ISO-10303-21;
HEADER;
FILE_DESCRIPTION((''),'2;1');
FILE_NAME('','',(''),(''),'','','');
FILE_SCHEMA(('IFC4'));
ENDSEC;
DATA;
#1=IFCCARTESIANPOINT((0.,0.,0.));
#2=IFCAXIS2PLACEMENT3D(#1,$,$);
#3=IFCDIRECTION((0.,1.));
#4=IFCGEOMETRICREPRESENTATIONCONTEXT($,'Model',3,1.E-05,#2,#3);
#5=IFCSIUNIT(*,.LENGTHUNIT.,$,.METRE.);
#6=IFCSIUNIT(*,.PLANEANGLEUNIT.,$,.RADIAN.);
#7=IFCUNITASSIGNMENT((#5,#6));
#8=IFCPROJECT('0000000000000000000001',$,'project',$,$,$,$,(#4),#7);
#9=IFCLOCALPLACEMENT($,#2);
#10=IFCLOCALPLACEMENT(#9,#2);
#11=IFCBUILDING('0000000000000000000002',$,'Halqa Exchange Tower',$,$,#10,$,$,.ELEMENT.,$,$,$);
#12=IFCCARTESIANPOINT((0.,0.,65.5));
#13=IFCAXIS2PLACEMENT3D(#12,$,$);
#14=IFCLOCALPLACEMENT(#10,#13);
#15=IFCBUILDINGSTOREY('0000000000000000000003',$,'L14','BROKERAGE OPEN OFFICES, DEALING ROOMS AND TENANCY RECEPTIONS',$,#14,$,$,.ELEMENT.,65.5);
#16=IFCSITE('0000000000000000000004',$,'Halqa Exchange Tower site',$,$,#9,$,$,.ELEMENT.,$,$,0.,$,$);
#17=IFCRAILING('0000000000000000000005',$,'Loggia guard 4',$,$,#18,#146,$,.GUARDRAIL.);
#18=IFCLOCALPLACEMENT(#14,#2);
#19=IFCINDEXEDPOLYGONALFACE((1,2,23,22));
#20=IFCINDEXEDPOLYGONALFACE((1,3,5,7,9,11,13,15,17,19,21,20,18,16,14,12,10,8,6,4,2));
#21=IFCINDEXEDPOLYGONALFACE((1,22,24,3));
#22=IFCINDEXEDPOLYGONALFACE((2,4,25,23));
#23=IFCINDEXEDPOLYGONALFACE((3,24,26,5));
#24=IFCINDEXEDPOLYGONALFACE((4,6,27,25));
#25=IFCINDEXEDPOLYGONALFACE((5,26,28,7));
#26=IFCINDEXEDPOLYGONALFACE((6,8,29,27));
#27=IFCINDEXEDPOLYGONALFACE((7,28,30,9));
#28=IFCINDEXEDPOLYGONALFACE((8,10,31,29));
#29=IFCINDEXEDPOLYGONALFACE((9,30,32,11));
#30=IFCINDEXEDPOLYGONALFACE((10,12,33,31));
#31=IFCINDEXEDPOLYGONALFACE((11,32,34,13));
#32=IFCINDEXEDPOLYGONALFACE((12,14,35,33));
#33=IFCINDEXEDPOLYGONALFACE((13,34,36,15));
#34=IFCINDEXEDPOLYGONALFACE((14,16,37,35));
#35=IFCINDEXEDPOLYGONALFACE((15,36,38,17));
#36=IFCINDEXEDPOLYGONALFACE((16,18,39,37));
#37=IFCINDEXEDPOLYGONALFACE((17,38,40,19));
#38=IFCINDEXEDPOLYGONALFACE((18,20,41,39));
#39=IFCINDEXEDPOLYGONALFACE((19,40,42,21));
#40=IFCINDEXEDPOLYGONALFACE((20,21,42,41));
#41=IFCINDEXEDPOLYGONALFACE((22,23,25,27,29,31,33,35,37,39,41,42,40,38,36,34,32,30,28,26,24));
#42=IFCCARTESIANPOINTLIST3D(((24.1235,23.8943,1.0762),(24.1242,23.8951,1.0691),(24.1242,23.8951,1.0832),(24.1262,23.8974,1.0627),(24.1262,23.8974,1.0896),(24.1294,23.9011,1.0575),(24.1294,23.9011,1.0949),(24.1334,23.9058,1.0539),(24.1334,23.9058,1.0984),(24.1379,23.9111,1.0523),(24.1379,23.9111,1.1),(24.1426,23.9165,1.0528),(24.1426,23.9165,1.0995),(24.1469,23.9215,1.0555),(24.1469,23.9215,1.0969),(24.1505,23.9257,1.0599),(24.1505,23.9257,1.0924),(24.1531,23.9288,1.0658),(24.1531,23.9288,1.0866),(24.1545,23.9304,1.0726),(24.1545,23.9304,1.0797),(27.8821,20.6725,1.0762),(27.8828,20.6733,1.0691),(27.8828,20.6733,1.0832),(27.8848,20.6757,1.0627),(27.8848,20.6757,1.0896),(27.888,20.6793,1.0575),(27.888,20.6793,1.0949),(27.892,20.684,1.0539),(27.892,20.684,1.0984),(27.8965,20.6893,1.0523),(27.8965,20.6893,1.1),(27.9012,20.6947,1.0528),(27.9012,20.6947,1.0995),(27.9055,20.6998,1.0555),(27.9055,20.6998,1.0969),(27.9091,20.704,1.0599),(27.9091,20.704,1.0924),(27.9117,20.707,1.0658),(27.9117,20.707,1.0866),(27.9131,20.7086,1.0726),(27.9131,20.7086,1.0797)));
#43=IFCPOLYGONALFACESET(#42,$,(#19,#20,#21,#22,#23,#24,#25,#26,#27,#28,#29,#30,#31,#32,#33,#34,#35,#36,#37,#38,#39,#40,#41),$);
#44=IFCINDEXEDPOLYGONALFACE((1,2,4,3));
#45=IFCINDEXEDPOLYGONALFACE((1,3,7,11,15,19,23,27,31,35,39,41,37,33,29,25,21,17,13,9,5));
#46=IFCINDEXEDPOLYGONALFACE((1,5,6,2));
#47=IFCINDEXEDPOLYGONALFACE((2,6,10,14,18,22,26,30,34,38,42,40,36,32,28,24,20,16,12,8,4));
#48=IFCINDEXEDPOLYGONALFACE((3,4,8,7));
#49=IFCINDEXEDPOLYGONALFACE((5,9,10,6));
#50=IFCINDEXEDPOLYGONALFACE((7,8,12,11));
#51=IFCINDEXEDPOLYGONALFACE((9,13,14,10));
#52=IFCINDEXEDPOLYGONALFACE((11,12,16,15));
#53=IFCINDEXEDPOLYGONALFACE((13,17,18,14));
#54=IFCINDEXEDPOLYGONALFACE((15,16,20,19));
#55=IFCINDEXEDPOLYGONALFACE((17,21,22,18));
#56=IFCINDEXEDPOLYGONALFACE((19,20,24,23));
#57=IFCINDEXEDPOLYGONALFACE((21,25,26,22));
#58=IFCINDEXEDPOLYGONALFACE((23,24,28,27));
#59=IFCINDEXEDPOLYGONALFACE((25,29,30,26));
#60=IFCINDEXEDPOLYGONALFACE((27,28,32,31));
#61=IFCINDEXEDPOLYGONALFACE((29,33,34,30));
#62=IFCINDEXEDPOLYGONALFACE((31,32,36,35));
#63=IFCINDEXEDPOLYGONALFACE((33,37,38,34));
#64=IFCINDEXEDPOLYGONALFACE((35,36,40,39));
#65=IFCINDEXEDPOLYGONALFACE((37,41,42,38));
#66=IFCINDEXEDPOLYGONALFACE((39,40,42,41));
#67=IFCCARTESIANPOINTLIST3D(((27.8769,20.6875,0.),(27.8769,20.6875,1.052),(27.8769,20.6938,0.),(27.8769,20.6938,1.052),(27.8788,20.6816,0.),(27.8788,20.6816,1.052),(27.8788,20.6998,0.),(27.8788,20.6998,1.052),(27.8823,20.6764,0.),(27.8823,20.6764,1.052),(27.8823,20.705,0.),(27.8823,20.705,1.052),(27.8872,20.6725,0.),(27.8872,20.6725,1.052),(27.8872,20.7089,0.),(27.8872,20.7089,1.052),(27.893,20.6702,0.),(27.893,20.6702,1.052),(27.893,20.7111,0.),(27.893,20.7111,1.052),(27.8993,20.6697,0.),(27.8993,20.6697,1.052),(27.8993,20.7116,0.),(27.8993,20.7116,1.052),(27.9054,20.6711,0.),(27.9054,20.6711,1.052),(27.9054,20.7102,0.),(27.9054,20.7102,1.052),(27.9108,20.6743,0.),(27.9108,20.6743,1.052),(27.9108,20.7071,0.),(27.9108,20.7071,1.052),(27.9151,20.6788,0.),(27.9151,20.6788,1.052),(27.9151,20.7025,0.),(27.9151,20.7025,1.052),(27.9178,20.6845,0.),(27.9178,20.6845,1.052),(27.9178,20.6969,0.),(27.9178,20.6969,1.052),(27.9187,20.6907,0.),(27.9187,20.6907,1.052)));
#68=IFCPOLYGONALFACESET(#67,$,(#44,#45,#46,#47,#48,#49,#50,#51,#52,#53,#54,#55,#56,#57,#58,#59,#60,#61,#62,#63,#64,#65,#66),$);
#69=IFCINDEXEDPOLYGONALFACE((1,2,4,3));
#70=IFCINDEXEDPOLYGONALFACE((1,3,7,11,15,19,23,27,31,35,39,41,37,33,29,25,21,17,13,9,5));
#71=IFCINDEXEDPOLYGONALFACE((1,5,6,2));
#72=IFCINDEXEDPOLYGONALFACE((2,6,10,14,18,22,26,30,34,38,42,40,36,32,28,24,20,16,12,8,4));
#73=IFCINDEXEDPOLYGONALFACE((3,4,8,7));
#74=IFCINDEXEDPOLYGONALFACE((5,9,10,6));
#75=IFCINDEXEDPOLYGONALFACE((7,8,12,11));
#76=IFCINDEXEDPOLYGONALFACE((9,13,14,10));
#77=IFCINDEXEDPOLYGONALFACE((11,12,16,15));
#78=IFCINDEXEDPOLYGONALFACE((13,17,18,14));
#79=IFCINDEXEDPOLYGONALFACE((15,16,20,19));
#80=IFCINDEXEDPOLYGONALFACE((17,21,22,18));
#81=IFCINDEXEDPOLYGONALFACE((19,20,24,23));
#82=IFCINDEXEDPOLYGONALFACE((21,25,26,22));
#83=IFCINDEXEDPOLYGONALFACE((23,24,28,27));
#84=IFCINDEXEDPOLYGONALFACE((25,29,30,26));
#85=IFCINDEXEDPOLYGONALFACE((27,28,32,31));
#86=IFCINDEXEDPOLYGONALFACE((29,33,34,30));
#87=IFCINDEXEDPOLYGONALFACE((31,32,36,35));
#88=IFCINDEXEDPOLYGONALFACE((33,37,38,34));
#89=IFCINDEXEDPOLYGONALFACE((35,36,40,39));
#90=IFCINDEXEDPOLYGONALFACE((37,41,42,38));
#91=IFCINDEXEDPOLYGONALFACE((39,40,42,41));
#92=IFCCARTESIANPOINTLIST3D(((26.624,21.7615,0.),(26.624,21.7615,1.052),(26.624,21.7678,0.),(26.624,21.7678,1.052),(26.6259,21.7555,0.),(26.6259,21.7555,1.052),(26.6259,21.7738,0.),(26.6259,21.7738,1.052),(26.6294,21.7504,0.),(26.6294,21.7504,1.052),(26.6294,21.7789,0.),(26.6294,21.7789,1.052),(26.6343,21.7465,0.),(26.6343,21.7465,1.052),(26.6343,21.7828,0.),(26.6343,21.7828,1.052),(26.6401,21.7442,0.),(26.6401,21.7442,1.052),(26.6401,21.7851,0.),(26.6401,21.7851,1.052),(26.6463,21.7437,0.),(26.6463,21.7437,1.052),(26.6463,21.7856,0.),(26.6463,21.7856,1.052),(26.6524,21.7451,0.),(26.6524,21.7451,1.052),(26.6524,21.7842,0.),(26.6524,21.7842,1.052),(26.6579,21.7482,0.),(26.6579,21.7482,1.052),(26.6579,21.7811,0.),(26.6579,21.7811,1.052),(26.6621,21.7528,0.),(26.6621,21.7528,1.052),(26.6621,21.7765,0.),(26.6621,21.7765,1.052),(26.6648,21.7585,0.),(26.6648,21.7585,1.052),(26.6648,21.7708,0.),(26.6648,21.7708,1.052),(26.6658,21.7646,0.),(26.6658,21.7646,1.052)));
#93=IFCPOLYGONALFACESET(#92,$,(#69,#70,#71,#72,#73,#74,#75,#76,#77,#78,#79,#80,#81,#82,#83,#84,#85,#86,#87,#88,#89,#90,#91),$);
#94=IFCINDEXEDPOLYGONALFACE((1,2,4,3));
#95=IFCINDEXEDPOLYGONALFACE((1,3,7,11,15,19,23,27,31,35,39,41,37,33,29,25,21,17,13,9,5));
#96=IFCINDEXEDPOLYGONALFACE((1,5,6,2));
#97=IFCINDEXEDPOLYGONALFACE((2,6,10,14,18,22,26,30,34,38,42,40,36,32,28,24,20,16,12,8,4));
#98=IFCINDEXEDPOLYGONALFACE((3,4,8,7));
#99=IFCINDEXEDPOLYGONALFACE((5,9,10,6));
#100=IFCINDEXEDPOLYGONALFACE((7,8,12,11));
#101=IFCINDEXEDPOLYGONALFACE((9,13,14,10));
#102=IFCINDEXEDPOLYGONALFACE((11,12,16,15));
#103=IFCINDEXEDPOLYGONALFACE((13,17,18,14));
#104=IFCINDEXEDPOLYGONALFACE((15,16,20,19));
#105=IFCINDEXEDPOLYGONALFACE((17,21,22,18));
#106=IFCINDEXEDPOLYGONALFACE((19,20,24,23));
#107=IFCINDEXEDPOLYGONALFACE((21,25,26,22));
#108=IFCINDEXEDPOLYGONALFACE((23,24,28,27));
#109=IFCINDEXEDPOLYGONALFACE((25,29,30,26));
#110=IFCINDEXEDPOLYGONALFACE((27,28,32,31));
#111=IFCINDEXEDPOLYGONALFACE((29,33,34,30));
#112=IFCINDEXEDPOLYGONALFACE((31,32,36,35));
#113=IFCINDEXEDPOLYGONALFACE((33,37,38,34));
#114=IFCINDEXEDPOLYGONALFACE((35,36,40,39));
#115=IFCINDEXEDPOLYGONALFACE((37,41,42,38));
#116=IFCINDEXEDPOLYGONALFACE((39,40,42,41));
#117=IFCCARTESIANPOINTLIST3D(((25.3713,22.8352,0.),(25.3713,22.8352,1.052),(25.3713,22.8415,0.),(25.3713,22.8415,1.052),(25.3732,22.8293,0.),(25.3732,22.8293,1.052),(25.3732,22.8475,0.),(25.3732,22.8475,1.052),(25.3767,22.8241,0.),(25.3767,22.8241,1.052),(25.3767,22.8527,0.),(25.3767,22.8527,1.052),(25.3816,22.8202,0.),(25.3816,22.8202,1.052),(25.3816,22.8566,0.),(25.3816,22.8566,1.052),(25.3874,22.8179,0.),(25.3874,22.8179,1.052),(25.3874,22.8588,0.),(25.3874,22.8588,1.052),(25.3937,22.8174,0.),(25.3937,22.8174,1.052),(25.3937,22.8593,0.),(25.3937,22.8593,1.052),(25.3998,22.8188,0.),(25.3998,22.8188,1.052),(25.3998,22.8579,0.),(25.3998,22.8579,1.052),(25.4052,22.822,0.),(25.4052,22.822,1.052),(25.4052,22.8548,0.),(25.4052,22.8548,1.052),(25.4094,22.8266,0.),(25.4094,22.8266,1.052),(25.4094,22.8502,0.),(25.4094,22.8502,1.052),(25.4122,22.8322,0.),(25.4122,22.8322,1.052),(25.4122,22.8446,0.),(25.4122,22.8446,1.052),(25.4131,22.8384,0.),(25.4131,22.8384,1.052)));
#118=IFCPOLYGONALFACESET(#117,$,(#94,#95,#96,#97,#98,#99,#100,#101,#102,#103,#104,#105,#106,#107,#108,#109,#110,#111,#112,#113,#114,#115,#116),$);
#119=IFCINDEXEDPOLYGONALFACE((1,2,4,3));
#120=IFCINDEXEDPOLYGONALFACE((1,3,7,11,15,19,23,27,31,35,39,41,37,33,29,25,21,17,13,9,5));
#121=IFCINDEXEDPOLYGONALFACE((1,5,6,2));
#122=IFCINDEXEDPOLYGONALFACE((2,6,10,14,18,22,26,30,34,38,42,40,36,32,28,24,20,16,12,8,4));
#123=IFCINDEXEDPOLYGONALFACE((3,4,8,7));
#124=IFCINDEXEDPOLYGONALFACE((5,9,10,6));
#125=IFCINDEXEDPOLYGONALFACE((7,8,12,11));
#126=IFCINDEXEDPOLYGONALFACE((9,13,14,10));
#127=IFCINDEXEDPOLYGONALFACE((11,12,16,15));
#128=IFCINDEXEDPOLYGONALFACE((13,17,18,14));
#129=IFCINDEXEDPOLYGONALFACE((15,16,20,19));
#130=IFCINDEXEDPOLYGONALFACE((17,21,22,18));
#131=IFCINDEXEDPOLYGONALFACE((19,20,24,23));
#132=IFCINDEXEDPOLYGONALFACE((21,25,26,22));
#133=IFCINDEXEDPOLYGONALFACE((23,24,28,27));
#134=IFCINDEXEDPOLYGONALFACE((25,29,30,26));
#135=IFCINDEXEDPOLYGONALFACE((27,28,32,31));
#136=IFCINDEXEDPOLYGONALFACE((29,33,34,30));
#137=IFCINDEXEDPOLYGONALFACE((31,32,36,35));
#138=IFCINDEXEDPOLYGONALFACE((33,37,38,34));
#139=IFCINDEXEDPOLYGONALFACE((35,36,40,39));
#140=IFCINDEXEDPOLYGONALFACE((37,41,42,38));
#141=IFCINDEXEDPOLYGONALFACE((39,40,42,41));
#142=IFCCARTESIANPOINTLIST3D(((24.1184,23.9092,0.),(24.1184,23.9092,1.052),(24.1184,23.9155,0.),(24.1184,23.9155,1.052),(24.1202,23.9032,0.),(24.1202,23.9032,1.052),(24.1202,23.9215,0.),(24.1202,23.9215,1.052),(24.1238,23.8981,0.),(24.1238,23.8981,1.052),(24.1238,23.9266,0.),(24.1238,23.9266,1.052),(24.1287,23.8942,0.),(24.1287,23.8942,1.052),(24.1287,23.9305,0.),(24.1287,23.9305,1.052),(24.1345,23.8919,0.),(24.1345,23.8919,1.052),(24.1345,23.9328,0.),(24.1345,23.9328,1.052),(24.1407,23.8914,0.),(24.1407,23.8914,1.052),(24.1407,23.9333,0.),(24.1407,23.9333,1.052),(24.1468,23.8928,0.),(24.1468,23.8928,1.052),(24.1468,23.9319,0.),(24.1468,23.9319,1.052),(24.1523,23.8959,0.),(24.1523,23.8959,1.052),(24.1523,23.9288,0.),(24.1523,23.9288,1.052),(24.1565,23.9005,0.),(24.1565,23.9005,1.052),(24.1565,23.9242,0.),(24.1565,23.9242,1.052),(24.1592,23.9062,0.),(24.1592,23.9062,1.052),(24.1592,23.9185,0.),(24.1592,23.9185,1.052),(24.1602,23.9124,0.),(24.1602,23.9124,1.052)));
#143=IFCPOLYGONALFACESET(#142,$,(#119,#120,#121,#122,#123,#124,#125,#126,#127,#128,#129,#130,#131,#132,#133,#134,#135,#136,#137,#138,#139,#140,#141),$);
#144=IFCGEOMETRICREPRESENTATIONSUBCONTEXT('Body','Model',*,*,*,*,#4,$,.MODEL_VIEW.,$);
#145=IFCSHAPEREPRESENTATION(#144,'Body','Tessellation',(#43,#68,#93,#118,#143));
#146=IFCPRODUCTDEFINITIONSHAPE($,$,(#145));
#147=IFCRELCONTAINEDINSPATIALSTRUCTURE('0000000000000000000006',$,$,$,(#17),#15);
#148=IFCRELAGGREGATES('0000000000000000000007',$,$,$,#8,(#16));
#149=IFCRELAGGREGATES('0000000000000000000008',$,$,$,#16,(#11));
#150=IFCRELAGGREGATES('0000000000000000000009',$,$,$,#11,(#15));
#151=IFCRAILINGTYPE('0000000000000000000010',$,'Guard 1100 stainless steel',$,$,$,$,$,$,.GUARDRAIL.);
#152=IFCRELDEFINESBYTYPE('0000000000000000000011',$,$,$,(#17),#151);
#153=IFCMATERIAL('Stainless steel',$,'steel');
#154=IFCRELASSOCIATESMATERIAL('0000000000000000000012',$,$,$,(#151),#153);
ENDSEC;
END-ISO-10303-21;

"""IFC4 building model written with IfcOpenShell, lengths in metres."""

from ifc_helpers import new_model, si_unit, direction, frame, origin, origin_2d, place, context, subcontext, project, spatial, circle, extrude, material, type_object, element, save


model = new_model("IFC4")

# Units and contexts
model_context = context("Model", 3, precision=1e-05, world=origin(), true_north=direction((0.0, 1.0)))
body_context = subcontext(model_context, "Body", "Model", "MODEL_VIEW")
ifc_project = project(units=[si_unit("LENGTHUNIT", "METRE"), si_unit("PLANEANGLEUNIT", "RADIAN")], contexts=[model_context])

# Site, building, storey
site_placement = place(None, origin())
site = spatial("IfcSite", under=ifc_project, at=site_placement, Name="Halqa Exchange Tower site", CompositionType="ELEMENT", RefElevation=0.0)
building_placement = place(site_placement, origin())
building = spatial("IfcBuilding", under=site, at=building_placement, Name="Halqa Exchange Tower", CompositionType="ELEMENT")
storey_placement = place(building_placement, frame((0.0, 0.0, 65.5)))
storey = spatial("IfcBuildingStorey", under=building, at=storey_placement, Name="L14", Description="BROKERAGE OPEN OFFICES, DEALING ROOMS AND TENANCY RECEPTIONS", CompositionType="ELEMENT", Elevation=65.5)

# Railing
ifc_material_1 = material(Name="Stainless steel", Category="steel")
railing_type = type_object("IfcRailingType", Name="Guard 1100 stainless steel", PredefinedType="GUARDRAIL", material=ifc_material_1)
railing_1_placement = place(storey_placement, frame((27.8977, 20.6907, 0.0)))
element("IfcRailing", 1, at=railing_1_placement, inside=storey, type_object=railing_type, Name="Loggia guard 4", PredefinedType="GUARDRAIL", context=body_context, shape_type="SweptSolid", body=[
    extrude(circle(Radius=0.0239, at=origin_2d()), frame((0.0, 0.0, 1.0762), z_axis=(-0.75925, 0.650799, 0.0), x_axis=(-0.650799, -0.75925, 0.0)), (0.0, 0.0, 1.0), 4.9504),
    extrude(circle(Radius=0.021, at=origin_2d()), origin(), (0.0, 0.0, 1.0), 1.052),
    extrude(circle(Radius=0.021, at=origin_2d()), frame((-1.2529, 1.074, 0.0)), (0.0, 0.0, 1.0), 1.052),
    extrude(circle(Radius=0.021, at=origin_2d()), frame((-2.5056, 2.1477, 0.0)), (0.0, 0.0, 1.0), 1.052),
    extrude(circle(Radius=0.021, at=origin_2d()), frame((-3.7585, 3.2217, 0.0)), (0.0, 0.0, 1.0), 1.052),
])

save(model, "model.ifc")
